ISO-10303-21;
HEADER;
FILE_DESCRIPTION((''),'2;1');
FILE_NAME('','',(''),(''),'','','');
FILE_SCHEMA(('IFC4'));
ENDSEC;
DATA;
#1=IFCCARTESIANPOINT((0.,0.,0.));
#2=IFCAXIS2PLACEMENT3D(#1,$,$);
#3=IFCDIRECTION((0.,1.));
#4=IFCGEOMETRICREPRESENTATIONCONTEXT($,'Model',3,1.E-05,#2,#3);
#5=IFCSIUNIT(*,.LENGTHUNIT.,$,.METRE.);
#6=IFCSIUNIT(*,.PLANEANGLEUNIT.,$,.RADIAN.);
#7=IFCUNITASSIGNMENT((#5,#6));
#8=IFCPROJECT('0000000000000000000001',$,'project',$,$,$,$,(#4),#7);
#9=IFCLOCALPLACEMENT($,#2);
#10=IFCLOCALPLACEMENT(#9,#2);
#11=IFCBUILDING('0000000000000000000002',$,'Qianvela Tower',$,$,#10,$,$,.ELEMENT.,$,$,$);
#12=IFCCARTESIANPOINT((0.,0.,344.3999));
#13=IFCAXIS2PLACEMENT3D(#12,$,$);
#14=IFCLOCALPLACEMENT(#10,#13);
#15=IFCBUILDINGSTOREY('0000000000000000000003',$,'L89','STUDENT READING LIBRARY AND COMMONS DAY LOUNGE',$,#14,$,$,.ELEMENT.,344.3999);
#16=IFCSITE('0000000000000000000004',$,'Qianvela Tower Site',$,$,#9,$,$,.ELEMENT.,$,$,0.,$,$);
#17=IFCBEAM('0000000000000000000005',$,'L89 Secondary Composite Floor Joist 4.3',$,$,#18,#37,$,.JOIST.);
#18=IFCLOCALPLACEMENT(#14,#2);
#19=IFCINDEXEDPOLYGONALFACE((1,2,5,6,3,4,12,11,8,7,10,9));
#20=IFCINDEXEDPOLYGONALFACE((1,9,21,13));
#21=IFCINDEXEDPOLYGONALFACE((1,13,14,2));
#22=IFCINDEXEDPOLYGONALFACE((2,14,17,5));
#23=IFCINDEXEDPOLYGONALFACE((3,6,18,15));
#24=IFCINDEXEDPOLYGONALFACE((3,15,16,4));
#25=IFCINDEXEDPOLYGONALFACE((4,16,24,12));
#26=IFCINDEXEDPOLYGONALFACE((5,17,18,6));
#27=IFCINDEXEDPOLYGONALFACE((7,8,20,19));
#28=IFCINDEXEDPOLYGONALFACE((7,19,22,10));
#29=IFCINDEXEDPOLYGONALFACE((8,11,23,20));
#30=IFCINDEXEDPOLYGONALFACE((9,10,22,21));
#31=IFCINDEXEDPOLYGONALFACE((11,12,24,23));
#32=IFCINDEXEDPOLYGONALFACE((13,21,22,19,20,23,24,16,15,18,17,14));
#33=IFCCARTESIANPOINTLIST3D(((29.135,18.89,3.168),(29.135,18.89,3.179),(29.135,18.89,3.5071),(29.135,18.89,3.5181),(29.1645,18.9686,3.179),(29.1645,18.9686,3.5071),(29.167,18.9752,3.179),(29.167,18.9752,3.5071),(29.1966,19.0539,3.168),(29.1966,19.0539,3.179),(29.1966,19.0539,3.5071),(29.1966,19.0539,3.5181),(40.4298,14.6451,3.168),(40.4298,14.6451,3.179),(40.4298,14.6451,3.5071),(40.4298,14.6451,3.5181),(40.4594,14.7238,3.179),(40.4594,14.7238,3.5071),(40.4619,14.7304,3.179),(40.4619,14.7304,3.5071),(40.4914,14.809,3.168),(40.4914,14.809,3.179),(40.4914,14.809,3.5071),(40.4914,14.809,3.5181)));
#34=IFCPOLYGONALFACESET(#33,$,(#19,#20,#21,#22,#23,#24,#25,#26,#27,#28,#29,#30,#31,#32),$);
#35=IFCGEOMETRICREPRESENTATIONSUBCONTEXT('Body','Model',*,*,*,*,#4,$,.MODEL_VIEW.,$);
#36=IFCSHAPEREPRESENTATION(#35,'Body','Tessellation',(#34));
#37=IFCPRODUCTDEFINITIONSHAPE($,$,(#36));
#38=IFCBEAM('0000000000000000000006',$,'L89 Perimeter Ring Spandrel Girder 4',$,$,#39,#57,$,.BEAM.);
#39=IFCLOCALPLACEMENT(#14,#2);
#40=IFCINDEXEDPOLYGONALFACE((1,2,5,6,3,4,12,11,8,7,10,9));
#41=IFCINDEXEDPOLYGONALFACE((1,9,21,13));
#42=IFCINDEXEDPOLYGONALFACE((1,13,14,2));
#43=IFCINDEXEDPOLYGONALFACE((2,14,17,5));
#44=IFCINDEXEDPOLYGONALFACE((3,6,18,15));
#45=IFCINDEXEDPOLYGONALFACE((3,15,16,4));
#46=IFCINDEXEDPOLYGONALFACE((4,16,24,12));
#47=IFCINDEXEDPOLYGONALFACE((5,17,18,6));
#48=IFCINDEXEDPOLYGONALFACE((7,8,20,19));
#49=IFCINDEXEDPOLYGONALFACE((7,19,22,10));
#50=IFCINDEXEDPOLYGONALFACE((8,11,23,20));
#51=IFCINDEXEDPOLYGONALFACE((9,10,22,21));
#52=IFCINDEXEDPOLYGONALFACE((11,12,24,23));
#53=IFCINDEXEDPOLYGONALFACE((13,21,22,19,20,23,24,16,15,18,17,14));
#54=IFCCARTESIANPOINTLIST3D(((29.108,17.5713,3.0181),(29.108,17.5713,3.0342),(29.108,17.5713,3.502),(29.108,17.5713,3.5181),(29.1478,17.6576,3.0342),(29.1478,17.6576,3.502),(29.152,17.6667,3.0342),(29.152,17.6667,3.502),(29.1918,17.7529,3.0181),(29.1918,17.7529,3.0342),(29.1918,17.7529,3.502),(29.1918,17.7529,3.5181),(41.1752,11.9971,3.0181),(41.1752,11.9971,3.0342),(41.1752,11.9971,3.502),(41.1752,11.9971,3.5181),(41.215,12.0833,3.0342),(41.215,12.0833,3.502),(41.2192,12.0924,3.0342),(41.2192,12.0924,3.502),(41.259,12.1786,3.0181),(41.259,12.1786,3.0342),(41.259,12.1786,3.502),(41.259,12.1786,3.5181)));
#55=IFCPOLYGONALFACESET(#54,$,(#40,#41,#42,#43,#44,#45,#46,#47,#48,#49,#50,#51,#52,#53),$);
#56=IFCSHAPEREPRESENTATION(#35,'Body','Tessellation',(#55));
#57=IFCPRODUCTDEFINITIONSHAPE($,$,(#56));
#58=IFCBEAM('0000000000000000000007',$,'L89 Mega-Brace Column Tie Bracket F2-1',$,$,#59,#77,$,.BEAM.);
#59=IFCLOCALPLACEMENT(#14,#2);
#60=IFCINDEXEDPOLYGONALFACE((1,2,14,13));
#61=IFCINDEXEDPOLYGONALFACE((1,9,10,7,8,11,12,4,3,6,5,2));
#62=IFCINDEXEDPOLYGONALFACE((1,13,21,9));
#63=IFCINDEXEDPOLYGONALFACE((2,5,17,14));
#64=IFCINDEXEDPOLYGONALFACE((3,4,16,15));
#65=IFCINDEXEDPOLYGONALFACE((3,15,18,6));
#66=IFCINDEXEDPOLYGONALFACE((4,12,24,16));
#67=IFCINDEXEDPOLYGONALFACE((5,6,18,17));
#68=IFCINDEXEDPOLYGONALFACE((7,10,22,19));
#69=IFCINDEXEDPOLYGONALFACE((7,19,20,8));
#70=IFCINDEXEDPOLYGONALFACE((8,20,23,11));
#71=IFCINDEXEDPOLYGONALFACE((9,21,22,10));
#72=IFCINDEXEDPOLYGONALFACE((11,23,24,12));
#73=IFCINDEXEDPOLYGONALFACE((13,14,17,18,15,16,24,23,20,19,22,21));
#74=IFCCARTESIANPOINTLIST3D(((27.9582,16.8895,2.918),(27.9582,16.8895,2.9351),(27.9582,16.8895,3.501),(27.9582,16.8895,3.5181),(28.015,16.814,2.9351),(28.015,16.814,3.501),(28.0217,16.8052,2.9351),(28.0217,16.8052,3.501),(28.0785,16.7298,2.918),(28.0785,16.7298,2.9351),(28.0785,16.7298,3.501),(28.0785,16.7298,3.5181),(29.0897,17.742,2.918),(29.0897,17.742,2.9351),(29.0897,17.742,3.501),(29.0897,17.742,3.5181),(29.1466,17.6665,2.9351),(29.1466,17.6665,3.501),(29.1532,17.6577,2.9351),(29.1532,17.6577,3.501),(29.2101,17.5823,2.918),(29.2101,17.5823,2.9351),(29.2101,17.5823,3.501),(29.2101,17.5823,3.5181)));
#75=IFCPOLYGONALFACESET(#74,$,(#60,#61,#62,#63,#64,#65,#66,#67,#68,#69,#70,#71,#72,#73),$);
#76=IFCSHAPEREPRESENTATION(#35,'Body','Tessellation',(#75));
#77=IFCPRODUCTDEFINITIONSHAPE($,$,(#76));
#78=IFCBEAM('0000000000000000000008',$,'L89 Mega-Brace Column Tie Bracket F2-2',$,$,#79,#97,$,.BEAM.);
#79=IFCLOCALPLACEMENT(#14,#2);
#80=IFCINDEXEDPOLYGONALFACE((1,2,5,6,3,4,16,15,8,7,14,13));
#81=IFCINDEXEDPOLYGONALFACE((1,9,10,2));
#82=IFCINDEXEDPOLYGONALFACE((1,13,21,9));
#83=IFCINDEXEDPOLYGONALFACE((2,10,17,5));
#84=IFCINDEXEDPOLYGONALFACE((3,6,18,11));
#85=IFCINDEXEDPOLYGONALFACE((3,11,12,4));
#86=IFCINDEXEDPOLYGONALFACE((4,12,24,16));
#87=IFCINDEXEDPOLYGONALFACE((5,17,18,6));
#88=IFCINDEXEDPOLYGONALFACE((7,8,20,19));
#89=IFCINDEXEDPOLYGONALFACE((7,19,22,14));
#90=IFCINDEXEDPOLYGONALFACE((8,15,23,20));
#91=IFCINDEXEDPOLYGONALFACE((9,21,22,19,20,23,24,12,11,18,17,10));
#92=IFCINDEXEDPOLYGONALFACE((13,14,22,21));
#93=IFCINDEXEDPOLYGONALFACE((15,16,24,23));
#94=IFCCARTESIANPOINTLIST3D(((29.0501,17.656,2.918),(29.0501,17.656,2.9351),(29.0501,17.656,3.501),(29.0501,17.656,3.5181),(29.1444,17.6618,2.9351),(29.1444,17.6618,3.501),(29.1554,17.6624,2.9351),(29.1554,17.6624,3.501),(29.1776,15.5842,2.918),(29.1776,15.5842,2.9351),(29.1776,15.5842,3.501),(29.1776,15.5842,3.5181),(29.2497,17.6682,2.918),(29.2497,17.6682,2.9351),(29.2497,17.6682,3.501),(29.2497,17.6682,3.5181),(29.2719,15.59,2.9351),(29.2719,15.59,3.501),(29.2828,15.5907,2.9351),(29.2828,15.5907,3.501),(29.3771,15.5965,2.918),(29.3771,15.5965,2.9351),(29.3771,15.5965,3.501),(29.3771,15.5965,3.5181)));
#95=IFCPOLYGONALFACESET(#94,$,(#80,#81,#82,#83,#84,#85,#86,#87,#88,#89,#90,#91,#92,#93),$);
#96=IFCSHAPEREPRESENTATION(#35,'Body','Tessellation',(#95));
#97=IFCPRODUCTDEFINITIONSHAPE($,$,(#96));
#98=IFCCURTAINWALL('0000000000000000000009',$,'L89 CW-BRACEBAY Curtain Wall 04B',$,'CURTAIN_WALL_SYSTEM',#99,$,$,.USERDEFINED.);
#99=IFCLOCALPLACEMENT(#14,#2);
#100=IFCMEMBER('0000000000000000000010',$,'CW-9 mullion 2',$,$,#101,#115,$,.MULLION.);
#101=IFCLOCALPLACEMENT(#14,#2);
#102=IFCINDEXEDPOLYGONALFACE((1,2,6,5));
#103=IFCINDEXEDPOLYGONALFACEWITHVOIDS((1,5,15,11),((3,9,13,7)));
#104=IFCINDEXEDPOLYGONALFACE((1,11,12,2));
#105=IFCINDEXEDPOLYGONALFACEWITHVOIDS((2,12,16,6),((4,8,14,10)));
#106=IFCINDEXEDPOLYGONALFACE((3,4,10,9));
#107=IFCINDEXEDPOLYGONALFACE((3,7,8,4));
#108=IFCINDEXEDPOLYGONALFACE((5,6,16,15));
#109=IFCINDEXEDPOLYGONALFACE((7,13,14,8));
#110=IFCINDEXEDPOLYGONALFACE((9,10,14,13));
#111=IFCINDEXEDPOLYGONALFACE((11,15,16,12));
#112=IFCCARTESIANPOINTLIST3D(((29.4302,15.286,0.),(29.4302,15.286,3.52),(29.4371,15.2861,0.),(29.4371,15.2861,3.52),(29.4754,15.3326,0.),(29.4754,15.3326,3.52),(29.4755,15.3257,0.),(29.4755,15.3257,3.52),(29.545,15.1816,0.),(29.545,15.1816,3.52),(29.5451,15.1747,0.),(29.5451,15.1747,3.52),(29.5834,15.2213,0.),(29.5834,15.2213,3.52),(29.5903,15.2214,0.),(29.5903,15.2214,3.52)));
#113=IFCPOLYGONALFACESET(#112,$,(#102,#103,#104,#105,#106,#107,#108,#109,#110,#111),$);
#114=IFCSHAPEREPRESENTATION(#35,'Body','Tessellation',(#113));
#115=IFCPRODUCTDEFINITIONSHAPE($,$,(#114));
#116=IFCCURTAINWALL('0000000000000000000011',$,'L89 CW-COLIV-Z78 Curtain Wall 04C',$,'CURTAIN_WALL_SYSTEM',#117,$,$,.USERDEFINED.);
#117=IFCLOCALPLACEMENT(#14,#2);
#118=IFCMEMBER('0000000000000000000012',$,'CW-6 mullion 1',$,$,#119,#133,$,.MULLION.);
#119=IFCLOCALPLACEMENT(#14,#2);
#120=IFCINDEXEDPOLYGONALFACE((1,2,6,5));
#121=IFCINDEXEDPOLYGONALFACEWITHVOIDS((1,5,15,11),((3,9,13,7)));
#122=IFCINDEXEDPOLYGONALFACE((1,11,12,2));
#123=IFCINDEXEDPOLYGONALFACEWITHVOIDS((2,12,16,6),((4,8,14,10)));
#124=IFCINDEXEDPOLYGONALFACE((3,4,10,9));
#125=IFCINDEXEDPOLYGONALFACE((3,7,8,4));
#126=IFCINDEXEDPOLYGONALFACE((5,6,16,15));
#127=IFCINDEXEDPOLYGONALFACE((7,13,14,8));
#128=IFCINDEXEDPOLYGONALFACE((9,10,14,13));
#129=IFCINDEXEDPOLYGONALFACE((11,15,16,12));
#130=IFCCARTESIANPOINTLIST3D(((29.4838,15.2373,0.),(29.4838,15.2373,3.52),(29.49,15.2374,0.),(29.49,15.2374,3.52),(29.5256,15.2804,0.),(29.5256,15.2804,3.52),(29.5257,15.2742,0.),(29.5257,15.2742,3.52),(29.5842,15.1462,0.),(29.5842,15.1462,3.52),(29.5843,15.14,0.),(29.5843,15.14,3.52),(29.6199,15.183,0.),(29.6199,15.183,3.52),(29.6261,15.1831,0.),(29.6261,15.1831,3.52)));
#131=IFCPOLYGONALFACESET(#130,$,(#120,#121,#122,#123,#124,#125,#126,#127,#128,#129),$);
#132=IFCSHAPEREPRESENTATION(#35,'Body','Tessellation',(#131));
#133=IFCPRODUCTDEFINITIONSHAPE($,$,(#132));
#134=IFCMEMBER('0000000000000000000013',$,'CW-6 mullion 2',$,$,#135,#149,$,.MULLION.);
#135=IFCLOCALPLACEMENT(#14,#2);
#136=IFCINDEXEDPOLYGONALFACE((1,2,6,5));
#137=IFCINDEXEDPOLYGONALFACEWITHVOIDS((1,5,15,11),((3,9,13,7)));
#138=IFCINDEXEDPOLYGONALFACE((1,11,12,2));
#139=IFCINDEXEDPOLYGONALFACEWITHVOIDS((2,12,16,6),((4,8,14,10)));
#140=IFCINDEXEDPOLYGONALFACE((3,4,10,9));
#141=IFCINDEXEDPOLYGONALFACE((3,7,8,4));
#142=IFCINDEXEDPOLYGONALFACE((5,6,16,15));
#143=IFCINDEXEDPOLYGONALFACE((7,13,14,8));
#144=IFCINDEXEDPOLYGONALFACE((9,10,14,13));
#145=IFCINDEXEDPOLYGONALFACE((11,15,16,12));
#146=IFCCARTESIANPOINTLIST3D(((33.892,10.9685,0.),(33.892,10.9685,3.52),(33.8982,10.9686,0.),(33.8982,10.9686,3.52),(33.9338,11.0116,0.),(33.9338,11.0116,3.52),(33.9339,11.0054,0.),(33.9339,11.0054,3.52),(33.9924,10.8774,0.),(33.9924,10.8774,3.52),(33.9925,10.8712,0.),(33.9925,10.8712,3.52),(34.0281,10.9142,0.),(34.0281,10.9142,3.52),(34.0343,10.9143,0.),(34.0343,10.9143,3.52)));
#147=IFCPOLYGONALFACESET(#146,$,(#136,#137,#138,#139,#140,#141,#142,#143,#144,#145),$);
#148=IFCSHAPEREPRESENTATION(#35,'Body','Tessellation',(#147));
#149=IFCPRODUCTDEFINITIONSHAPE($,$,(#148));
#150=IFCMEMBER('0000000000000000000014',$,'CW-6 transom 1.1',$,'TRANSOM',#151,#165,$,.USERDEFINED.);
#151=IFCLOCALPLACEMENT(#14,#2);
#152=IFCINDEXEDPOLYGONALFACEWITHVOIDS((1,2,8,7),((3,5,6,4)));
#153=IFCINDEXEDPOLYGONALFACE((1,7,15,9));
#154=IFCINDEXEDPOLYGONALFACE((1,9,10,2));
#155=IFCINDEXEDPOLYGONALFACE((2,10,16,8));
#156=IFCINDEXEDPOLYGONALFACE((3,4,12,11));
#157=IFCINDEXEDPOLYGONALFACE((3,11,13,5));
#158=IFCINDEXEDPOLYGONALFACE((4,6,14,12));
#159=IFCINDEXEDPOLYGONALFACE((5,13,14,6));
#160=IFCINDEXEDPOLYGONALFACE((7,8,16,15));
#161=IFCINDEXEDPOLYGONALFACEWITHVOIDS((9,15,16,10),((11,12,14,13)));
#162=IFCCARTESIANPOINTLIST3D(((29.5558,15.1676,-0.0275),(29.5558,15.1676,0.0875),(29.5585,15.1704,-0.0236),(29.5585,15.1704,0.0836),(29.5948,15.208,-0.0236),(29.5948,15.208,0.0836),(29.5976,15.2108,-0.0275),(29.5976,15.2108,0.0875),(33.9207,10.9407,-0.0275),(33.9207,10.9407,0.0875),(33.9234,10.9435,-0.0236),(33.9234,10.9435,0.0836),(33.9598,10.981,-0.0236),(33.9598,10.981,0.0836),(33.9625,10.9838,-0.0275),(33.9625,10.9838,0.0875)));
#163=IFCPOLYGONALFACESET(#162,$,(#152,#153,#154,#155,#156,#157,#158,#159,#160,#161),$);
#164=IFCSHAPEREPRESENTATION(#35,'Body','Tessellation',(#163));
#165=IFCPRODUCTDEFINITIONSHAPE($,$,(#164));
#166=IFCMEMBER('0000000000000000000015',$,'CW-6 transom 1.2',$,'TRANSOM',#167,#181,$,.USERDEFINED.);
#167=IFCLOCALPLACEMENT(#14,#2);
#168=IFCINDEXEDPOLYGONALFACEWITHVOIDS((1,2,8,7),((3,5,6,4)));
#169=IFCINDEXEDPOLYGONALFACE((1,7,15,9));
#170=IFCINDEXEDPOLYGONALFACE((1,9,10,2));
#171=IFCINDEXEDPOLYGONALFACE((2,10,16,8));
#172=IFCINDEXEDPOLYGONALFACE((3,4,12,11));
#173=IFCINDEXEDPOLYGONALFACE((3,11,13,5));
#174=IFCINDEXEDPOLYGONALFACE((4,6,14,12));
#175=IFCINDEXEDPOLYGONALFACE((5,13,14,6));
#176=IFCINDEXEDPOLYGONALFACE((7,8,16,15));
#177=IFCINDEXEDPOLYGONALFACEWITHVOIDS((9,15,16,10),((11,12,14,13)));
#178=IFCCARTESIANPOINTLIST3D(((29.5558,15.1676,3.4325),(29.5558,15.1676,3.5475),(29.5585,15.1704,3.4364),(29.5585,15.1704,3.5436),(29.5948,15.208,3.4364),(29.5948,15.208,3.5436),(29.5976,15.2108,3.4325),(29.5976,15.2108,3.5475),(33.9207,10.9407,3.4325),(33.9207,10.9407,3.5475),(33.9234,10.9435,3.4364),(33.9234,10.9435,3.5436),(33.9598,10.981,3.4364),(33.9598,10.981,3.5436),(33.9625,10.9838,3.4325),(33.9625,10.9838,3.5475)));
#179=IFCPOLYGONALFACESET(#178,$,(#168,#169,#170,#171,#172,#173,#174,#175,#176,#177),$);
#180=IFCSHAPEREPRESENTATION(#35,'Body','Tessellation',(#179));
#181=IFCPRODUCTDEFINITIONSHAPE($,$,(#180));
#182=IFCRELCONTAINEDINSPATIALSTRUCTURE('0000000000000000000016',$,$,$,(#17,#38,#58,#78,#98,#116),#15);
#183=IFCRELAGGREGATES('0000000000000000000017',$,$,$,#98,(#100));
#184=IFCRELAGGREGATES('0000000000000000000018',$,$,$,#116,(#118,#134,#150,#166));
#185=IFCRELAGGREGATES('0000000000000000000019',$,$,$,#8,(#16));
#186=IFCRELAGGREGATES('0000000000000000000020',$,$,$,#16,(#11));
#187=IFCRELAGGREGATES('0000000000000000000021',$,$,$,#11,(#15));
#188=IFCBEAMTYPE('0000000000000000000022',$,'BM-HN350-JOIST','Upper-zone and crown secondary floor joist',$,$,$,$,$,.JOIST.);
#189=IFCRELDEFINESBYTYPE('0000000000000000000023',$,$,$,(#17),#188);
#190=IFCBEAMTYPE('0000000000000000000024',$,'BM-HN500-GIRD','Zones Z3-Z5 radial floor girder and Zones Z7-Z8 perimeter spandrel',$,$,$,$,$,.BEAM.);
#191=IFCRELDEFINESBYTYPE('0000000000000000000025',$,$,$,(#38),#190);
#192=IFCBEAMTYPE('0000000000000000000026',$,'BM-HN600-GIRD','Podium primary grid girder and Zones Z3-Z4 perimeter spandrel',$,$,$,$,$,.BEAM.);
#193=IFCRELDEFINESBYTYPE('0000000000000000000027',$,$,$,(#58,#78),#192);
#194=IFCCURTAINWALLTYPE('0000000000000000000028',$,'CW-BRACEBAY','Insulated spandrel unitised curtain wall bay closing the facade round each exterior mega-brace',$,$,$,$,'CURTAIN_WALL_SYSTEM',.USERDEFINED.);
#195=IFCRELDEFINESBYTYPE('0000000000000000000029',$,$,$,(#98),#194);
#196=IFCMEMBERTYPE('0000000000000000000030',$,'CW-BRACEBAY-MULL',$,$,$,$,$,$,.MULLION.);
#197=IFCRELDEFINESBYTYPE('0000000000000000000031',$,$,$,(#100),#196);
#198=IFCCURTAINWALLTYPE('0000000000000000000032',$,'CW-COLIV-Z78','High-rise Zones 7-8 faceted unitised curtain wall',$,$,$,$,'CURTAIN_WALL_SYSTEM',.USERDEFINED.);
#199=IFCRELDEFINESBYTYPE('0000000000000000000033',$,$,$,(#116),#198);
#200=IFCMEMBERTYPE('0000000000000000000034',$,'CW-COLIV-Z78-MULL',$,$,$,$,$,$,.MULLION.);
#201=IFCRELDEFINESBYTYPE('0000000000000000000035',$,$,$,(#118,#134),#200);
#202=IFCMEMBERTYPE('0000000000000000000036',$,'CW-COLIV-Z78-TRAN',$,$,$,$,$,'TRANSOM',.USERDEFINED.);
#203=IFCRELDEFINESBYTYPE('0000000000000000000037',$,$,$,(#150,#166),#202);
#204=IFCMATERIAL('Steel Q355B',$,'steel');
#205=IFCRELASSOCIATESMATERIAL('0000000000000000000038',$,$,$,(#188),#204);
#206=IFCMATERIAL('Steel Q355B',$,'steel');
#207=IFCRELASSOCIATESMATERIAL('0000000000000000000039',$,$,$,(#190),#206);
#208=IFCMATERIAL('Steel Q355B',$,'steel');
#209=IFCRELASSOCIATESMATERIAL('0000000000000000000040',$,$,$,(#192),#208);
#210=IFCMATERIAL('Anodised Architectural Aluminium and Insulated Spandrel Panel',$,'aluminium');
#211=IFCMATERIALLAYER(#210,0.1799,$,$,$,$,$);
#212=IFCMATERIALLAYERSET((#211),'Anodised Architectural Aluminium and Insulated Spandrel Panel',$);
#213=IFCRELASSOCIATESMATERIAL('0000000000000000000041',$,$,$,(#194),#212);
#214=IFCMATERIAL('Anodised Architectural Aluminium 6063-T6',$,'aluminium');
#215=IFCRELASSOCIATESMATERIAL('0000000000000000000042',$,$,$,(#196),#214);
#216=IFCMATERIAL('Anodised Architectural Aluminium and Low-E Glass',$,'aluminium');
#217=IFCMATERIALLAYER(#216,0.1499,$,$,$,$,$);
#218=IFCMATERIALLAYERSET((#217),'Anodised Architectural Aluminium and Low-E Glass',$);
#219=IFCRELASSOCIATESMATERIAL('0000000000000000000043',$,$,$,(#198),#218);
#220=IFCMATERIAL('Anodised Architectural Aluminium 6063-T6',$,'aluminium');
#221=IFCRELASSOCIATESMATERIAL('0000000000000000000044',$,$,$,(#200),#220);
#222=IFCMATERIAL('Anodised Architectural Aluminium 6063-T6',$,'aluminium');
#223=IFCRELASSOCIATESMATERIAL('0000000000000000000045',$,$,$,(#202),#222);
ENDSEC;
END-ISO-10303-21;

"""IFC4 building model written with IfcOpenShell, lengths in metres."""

from ifc_helpers import new_model, si_unit, direction, frame, origin, origin_2d, place, context, subcontext, project, spatial, hollow_rectangle, i_section, extrude, material, layer, layer_set, material_profile, profile_set, type_object, element, aggregate, save


model = new_model("IFC4")

# Units and contexts
model_context = context("Model", 3, precision=1e-05, world=origin(), true_north=direction((0.0, 1.0)))
body_context = subcontext(model_context, "Body", "Model", "MODEL_VIEW")
ifc_project = project(units=[si_unit("LENGTHUNIT", "METRE"), si_unit("PLANEANGLEUNIT", "RADIAN")], contexts=[model_context])

# Site, building, storey
site_placement = place(None, origin())
site = spatial("IfcSite", under=ifc_project, at=site_placement, Name="Qianvela Tower Site", CompositionType="ELEMENT", RefElevation=0.0)
building_placement = place(site_placement, origin())
building = spatial("IfcBuilding", under=site, at=building_placement, Name="Qianvela Tower", CompositionType="ELEMENT")
storey_placement = place(building_placement, frame((0.0, 0.0, 344.3999)))
storey = spatial("IfcBuildingStorey", under=building, at=storey_placement, Name="L89", Description="STUDENT READING LIBRARY AND COMMONS DAY LOUNGE", CompositionType="ELEMENT", Elevation=344.3999)

# Beams
ifc_material_1 = material(Name="Steel Q355B", Category="steel")
ifc_material_profile_1 = material_profile(ifc_material_1, i_section(OverallWidth=0.175, OverallDepth=0.3501, WebThickness=0.0071, FlangeThickness=0.011, at=origin_2d()), Name="HN350x175x7x11")
ifc_profile_set_1 = profile_set([ifc_material_profile_1], Name="Steel Q355B")
beam_type_1 = type_object("IfcBeamType", Name="BM-HN350-JOIST", Description="Upper-zone and crown secondary floor joist", PredefinedType="JOIST", material=ifc_profile_set_1)
beam_1_placement = place(storey_placement, frame((29.1658, 18.9719, 3.343), z_axis=(0.936076, -0.351797, 0.0), x_axis=(0.351797, 0.936076, 0.0)))
element("IfcBeam", 1, at=beam_1_placement, inside=storey, type_object=beam_type_1, Name="L89 Secondary Composite Floor Joist 4.3", PredefinedType="JOIST", context=body_context, shape_type="SweptSolid", body=[
    extrude(i_section(OverallWidth=0.175, OverallDepth=0.3501, WebThickness=0.0071, FlangeThickness=0.011, at=origin_2d()), origin(), (0.0, 0.0, 1.0), 12.0662),
])
ifc_material_2 = material(Name="Steel Q355B", Category="steel")
ifc_material_profile_2 = material_profile(ifc_material_2, i_section(OverallWidth=0.2, OverallDepth=0.5, WebThickness=0.01, FlangeThickness=0.0161, at=origin_2d()), Name="HN500x200x10x16")
ifc_profile_set_2 = profile_set([ifc_material_profile_2], Name="Steel Q355B")
beam_type_2 = type_object("IfcBeamType", Name="BM-HN500-GIRD", Description="Zones Z3-Z5 radial floor girder and Zones Z7-Z8 perimeter spandrel", PredefinedType="BEAM", material=ifc_profile_set_2)
beam_2_placement = place(storey_placement, frame((29.1499, 17.6621, 3.2681), z_axis=(0.907823, -0.419354, 0.0), x_axis=(0.419354, 0.907823, 0.0)))
element("IfcBeam", 2, at=beam_2_placement, inside=storey, type_object=beam_type_2, Name="L89 Perimeter Ring Spandrel Girder 4", PredefinedType="BEAM", context=body_context, shape_type="SweptSolid", body=[
    extrude(i_section(OverallWidth=0.2, OverallDepth=0.5, WebThickness=0.01, FlangeThickness=0.0161, at=origin_2d()), origin(), (0.0, 0.0, 1.0), 13.2925),
])
ifc_material_3 = material(Name="Steel Q355B", Category="steel")
ifc_material_profile_3 = material_profile(ifc_material_3, i_section(OverallWidth=0.2, OverallDepth=0.6001, WebThickness=0.011, FlangeThickness=0.0171, at=origin_2d()), Name="HN600x200x11x17")
ifc_profile_set_3 = profile_set([ifc_material_profile_3], Name="Steel Q355B")
beam_type_3 = type_object("IfcBeamType", Name="BM-HN600-GIRD", Description="Podium primary grid girder and Zones Z3-Z4 perimeter spandrel", PredefinedType="BEAM", material=ifc_profile_set_3)
beam_3_placement = place(storey_placement, frame((29.1499, 17.6621, 3.218), z_axis=(-0.798695, -0.601736, 0.0), x_axis=(0.601736, -0.798695, 0.0)))
element("IfcBeam", 3, at=beam_3_placement, inside=storey, type_object=beam_type_3, Name="L89 Mega-Brace Column Tie Bracket F2-1", PredefinedType="BEAM", context=body_context, shape_type="SweptSolid", body=[
    extrude(i_section(OverallWidth=0.2, OverallDepth=0.6001, WebThickness=0.011, FlangeThickness=0.0171, at=origin_2d()), origin(), (0.0, 0.0, 1.0), 1.4167),
])
beam_4_placement = place(storey_placement, frame((29.1499, 17.6621, 3.218), z_axis=(0.061397, -0.998113, 0.0), x_axis=(0.998113, 0.061397, 0.0)))
element("IfcBeam", 4, at=beam_4_placement, inside=storey, type_object=beam_type_3, Name="L89 Mega-Brace Column Tie Bracket F2-2", PredefinedType="BEAM", context=body_context, shape_type="SweptSolid", body=[
    extrude(i_section(OverallWidth=0.2, OverallDepth=0.6001, WebThickness=0.011, FlangeThickness=0.0171, at=origin_2d()), origin(), (0.0, 0.0, 1.0), 2.0757),
])

# Curtain wall, member
ifc_material_4 = material(Name="Anodised Architectural Aluminium and Insulated Spandrel Panel", Category="aluminium")
ifc_layer_1 = layer(ifc_material_4, 0.1799)
ifc_layer_set_1 = layer_set([ifc_layer_1], Name="Anodised Architectural Aluminium and Insulated Spandrel Panel")
curtain_wall_type_1 = type_object("IfcCurtainWallType", Name="CW-BRACEBAY", Description="Insulated spandrel unitised curtain wall bay closing the facade round each exterior mega-brace", ElementType="CURTAIN_WALL_SYSTEM", PredefinedType="USERDEFINED", material=ifc_layer_set_1)
curtain_wall_1_placement = place(storey_placement, origin())
curtain_wall_1 = element("IfcCurtainWall", 5, at=curtain_wall_1_placement, inside=storey, type_object=curtain_wall_type_1, Name="L89 CW-BRACEBAY Curtain Wall 04B", ObjectType="CURTAIN_WALL_SYSTEM", PredefinedType="USERDEFINED")
ifc_material_5 = material(Name="Anodised Architectural Aluminium 6063-T6", Category="aluminium")
ifc_material_profile_4 = material_profile(ifc_material_5, hollow_rectangle(XDim=0.0649, YDim=0.1599, WallThickness=0.0049, at=origin_2d()), Name="ALU-MULL-65x160")
ifc_profile_set_4 = profile_set([ifc_material_profile_4], Name="Anodised Architectural Aluminium 6063-T6")
member_type_1 = type_object("IfcMemberType", Name="CW-BRACEBAY-MULL", PredefinedType="MULLION", material=ifc_profile_set_4)
member_1_placement = place(storey_placement, frame((29.5103, 15.2537, 0.0), z_axis=(0.0, 0.0, 1.0), x_axis=(0.695671, 0.718361, 0.0)))
member_1 = element("IfcMember", 6, at=member_1_placement, type_object=member_type_1, Name="CW-9 mullion 2", PredefinedType="MULLION", context=body_context, shape_type="SweptSolid", body=[
    extrude(hollow_rectangle(XDim=0.0649, YDim=0.1599, WallThickness=0.0049, at=origin_2d()), origin(), (0.0, 0.0, 1.0), 3.52),
])

# Curtain wall, members
ifc_material_6 = material(Name="Anodised Architectural Aluminium and Low-E Glass", Category="aluminium")
ifc_layer_2 = layer(ifc_material_6, 0.1499)
ifc_layer_set_2 = layer_set([ifc_layer_2], Name="Anodised Architectural Aluminium and Low-E Glass")
curtain_wall_type_2 = type_object("IfcCurtainWallType", Name="CW-COLIV-Z78", Description="High-rise Zones 7-8 faceted unitised curtain wall", ElementType="CURTAIN_WALL_SYSTEM", PredefinedType="USERDEFINED", material=ifc_layer_set_2)
curtain_wall_2_placement = place(storey_placement, origin())
curtain_wall_2 = element("IfcCurtainWall", 7, at=curtain_wall_2_placement, inside=storey, type_object=curtain_wall_type_2, Name="L89 CW-COLIV-Z78 Curtain Wall 04C", ObjectType="CURTAIN_WALL_SYSTEM", PredefinedType="USERDEFINED")
ifc_material_7 = material(Name="Anodised Architectural Aluminium 6063-T6", Category="aluminium")
ifc_material_profile_5 = material_profile(ifc_material_7, hollow_rectangle(XDim=0.0601, YDim=0.1399, WallThickness=0.0044, at=origin_2d()), Name="ALU-MULL-60x140")
ifc_profile_set_5 = profile_set([ifc_material_profile_5], Name="Anodised Architectural Aluminium 6063-T6")
member_type_2 = type_object("IfcMemberType", Name="CW-COLIV-Z78-MULL", PredefinedType="MULLION", material=ifc_profile_set_5)
member_2_placement = place(storey_placement, frame((29.5549, 15.2102, 0.0), z_axis=(0.0, 0.0, 1.0), x_axis=(0.695659, 0.718372, 0.0)))
member_2 = element("IfcMember", 8, at=member_2_placement, type_object=member_type_2, Name="CW-6 mullion 1", PredefinedType="MULLION", context=body_context, shape_type="SweptSolid", body=[
    extrude(hollow_rectangle(XDim=0.0601, YDim=0.1399, WallThickness=0.0044, at=origin_2d()), origin(), (0.0, 0.0, 1.0), 3.52),
])
member_3_placement = place(storey_placement, frame((33.9631, 10.9414, 0.0), z_axis=(0.0, 0.0, 1.0), x_axis=(0.695659, 0.718372, 0.0)))
member_3 = element("IfcMember", 9, at=member_3_placement, type_object=member_type_2, Name="CW-6 mullion 2", PredefinedType="MULLION", context=body_context, shape_type="SweptSolid", body=[
    extrude(hollow_rectangle(XDim=0.0601, YDim=0.1399, WallThickness=0.0044, at=origin_2d()), origin(), (0.0, 0.0, 1.0), 3.52),
])
ifc_material_8 = material(Name="Anodised Architectural Aluminium 6063-T6", Category="aluminium")
ifc_material_profile_6 = material_profile(ifc_material_8, hollow_rectangle(XDim=0.0601, YDim=0.115, WallThickness=0.0039, at=origin_2d()), Name="ALU-TRAN-60x115")
ifc_profile_set_6 = profile_set([ifc_material_profile_6], Name="Anodised Architectural Aluminium 6063-T6")
member_type_3 = type_object("IfcMemberType", Name="CW-COLIV-Z78-TRAN", ElementType="TRANSOM", PredefinedType="USERDEFINED", material=ifc_profile_set_6)
member_4_placement = place(storey_placement, frame((29.5767, 15.1892, 0.03), z_axis=(0.718366, -0.695665, 0.0), x_axis=(0.695665, 0.718366, 0.0)))
member_4 = element("IfcMember", 10, at=member_4_placement, type_object=member_type_3, Name="CW-6 transom 1.1", ObjectType="TRANSOM", PredefinedType="USERDEFINED", context=body_context, shape_type="SweptSolid", body=[
    extrude(hollow_rectangle(XDim=0.0601, YDim=0.115, WallThickness=0.0039, at=origin_2d()), origin(), (0.0, 0.0, 1.0), 6.0762),
])
member_5_placement = place(storey_placement, frame((29.5767, 15.1892, 3.49), z_axis=(0.718366, -0.695665, 0.0), x_axis=(0.695665, 0.718366, 0.0)))
member_5 = element("IfcMember", 11, at=member_5_placement, type_object=member_type_3, Name="CW-6 transom 1.2", ObjectType="TRANSOM", PredefinedType="USERDEFINED", context=body_context, shape_type="SweptSolid", body=[
    extrude(hollow_rectangle(XDim=0.0601, YDim=0.115, WallThickness=0.0039, at=origin_2d()), origin(), (0.0, 0.0, 1.0), 6.0762),
])

aggregate(curtain_wall_1, [member_1])
aggregate(curtain_wall_2, [member_2, member_3, member_4, member_5])

save(model, "model.ifc")
